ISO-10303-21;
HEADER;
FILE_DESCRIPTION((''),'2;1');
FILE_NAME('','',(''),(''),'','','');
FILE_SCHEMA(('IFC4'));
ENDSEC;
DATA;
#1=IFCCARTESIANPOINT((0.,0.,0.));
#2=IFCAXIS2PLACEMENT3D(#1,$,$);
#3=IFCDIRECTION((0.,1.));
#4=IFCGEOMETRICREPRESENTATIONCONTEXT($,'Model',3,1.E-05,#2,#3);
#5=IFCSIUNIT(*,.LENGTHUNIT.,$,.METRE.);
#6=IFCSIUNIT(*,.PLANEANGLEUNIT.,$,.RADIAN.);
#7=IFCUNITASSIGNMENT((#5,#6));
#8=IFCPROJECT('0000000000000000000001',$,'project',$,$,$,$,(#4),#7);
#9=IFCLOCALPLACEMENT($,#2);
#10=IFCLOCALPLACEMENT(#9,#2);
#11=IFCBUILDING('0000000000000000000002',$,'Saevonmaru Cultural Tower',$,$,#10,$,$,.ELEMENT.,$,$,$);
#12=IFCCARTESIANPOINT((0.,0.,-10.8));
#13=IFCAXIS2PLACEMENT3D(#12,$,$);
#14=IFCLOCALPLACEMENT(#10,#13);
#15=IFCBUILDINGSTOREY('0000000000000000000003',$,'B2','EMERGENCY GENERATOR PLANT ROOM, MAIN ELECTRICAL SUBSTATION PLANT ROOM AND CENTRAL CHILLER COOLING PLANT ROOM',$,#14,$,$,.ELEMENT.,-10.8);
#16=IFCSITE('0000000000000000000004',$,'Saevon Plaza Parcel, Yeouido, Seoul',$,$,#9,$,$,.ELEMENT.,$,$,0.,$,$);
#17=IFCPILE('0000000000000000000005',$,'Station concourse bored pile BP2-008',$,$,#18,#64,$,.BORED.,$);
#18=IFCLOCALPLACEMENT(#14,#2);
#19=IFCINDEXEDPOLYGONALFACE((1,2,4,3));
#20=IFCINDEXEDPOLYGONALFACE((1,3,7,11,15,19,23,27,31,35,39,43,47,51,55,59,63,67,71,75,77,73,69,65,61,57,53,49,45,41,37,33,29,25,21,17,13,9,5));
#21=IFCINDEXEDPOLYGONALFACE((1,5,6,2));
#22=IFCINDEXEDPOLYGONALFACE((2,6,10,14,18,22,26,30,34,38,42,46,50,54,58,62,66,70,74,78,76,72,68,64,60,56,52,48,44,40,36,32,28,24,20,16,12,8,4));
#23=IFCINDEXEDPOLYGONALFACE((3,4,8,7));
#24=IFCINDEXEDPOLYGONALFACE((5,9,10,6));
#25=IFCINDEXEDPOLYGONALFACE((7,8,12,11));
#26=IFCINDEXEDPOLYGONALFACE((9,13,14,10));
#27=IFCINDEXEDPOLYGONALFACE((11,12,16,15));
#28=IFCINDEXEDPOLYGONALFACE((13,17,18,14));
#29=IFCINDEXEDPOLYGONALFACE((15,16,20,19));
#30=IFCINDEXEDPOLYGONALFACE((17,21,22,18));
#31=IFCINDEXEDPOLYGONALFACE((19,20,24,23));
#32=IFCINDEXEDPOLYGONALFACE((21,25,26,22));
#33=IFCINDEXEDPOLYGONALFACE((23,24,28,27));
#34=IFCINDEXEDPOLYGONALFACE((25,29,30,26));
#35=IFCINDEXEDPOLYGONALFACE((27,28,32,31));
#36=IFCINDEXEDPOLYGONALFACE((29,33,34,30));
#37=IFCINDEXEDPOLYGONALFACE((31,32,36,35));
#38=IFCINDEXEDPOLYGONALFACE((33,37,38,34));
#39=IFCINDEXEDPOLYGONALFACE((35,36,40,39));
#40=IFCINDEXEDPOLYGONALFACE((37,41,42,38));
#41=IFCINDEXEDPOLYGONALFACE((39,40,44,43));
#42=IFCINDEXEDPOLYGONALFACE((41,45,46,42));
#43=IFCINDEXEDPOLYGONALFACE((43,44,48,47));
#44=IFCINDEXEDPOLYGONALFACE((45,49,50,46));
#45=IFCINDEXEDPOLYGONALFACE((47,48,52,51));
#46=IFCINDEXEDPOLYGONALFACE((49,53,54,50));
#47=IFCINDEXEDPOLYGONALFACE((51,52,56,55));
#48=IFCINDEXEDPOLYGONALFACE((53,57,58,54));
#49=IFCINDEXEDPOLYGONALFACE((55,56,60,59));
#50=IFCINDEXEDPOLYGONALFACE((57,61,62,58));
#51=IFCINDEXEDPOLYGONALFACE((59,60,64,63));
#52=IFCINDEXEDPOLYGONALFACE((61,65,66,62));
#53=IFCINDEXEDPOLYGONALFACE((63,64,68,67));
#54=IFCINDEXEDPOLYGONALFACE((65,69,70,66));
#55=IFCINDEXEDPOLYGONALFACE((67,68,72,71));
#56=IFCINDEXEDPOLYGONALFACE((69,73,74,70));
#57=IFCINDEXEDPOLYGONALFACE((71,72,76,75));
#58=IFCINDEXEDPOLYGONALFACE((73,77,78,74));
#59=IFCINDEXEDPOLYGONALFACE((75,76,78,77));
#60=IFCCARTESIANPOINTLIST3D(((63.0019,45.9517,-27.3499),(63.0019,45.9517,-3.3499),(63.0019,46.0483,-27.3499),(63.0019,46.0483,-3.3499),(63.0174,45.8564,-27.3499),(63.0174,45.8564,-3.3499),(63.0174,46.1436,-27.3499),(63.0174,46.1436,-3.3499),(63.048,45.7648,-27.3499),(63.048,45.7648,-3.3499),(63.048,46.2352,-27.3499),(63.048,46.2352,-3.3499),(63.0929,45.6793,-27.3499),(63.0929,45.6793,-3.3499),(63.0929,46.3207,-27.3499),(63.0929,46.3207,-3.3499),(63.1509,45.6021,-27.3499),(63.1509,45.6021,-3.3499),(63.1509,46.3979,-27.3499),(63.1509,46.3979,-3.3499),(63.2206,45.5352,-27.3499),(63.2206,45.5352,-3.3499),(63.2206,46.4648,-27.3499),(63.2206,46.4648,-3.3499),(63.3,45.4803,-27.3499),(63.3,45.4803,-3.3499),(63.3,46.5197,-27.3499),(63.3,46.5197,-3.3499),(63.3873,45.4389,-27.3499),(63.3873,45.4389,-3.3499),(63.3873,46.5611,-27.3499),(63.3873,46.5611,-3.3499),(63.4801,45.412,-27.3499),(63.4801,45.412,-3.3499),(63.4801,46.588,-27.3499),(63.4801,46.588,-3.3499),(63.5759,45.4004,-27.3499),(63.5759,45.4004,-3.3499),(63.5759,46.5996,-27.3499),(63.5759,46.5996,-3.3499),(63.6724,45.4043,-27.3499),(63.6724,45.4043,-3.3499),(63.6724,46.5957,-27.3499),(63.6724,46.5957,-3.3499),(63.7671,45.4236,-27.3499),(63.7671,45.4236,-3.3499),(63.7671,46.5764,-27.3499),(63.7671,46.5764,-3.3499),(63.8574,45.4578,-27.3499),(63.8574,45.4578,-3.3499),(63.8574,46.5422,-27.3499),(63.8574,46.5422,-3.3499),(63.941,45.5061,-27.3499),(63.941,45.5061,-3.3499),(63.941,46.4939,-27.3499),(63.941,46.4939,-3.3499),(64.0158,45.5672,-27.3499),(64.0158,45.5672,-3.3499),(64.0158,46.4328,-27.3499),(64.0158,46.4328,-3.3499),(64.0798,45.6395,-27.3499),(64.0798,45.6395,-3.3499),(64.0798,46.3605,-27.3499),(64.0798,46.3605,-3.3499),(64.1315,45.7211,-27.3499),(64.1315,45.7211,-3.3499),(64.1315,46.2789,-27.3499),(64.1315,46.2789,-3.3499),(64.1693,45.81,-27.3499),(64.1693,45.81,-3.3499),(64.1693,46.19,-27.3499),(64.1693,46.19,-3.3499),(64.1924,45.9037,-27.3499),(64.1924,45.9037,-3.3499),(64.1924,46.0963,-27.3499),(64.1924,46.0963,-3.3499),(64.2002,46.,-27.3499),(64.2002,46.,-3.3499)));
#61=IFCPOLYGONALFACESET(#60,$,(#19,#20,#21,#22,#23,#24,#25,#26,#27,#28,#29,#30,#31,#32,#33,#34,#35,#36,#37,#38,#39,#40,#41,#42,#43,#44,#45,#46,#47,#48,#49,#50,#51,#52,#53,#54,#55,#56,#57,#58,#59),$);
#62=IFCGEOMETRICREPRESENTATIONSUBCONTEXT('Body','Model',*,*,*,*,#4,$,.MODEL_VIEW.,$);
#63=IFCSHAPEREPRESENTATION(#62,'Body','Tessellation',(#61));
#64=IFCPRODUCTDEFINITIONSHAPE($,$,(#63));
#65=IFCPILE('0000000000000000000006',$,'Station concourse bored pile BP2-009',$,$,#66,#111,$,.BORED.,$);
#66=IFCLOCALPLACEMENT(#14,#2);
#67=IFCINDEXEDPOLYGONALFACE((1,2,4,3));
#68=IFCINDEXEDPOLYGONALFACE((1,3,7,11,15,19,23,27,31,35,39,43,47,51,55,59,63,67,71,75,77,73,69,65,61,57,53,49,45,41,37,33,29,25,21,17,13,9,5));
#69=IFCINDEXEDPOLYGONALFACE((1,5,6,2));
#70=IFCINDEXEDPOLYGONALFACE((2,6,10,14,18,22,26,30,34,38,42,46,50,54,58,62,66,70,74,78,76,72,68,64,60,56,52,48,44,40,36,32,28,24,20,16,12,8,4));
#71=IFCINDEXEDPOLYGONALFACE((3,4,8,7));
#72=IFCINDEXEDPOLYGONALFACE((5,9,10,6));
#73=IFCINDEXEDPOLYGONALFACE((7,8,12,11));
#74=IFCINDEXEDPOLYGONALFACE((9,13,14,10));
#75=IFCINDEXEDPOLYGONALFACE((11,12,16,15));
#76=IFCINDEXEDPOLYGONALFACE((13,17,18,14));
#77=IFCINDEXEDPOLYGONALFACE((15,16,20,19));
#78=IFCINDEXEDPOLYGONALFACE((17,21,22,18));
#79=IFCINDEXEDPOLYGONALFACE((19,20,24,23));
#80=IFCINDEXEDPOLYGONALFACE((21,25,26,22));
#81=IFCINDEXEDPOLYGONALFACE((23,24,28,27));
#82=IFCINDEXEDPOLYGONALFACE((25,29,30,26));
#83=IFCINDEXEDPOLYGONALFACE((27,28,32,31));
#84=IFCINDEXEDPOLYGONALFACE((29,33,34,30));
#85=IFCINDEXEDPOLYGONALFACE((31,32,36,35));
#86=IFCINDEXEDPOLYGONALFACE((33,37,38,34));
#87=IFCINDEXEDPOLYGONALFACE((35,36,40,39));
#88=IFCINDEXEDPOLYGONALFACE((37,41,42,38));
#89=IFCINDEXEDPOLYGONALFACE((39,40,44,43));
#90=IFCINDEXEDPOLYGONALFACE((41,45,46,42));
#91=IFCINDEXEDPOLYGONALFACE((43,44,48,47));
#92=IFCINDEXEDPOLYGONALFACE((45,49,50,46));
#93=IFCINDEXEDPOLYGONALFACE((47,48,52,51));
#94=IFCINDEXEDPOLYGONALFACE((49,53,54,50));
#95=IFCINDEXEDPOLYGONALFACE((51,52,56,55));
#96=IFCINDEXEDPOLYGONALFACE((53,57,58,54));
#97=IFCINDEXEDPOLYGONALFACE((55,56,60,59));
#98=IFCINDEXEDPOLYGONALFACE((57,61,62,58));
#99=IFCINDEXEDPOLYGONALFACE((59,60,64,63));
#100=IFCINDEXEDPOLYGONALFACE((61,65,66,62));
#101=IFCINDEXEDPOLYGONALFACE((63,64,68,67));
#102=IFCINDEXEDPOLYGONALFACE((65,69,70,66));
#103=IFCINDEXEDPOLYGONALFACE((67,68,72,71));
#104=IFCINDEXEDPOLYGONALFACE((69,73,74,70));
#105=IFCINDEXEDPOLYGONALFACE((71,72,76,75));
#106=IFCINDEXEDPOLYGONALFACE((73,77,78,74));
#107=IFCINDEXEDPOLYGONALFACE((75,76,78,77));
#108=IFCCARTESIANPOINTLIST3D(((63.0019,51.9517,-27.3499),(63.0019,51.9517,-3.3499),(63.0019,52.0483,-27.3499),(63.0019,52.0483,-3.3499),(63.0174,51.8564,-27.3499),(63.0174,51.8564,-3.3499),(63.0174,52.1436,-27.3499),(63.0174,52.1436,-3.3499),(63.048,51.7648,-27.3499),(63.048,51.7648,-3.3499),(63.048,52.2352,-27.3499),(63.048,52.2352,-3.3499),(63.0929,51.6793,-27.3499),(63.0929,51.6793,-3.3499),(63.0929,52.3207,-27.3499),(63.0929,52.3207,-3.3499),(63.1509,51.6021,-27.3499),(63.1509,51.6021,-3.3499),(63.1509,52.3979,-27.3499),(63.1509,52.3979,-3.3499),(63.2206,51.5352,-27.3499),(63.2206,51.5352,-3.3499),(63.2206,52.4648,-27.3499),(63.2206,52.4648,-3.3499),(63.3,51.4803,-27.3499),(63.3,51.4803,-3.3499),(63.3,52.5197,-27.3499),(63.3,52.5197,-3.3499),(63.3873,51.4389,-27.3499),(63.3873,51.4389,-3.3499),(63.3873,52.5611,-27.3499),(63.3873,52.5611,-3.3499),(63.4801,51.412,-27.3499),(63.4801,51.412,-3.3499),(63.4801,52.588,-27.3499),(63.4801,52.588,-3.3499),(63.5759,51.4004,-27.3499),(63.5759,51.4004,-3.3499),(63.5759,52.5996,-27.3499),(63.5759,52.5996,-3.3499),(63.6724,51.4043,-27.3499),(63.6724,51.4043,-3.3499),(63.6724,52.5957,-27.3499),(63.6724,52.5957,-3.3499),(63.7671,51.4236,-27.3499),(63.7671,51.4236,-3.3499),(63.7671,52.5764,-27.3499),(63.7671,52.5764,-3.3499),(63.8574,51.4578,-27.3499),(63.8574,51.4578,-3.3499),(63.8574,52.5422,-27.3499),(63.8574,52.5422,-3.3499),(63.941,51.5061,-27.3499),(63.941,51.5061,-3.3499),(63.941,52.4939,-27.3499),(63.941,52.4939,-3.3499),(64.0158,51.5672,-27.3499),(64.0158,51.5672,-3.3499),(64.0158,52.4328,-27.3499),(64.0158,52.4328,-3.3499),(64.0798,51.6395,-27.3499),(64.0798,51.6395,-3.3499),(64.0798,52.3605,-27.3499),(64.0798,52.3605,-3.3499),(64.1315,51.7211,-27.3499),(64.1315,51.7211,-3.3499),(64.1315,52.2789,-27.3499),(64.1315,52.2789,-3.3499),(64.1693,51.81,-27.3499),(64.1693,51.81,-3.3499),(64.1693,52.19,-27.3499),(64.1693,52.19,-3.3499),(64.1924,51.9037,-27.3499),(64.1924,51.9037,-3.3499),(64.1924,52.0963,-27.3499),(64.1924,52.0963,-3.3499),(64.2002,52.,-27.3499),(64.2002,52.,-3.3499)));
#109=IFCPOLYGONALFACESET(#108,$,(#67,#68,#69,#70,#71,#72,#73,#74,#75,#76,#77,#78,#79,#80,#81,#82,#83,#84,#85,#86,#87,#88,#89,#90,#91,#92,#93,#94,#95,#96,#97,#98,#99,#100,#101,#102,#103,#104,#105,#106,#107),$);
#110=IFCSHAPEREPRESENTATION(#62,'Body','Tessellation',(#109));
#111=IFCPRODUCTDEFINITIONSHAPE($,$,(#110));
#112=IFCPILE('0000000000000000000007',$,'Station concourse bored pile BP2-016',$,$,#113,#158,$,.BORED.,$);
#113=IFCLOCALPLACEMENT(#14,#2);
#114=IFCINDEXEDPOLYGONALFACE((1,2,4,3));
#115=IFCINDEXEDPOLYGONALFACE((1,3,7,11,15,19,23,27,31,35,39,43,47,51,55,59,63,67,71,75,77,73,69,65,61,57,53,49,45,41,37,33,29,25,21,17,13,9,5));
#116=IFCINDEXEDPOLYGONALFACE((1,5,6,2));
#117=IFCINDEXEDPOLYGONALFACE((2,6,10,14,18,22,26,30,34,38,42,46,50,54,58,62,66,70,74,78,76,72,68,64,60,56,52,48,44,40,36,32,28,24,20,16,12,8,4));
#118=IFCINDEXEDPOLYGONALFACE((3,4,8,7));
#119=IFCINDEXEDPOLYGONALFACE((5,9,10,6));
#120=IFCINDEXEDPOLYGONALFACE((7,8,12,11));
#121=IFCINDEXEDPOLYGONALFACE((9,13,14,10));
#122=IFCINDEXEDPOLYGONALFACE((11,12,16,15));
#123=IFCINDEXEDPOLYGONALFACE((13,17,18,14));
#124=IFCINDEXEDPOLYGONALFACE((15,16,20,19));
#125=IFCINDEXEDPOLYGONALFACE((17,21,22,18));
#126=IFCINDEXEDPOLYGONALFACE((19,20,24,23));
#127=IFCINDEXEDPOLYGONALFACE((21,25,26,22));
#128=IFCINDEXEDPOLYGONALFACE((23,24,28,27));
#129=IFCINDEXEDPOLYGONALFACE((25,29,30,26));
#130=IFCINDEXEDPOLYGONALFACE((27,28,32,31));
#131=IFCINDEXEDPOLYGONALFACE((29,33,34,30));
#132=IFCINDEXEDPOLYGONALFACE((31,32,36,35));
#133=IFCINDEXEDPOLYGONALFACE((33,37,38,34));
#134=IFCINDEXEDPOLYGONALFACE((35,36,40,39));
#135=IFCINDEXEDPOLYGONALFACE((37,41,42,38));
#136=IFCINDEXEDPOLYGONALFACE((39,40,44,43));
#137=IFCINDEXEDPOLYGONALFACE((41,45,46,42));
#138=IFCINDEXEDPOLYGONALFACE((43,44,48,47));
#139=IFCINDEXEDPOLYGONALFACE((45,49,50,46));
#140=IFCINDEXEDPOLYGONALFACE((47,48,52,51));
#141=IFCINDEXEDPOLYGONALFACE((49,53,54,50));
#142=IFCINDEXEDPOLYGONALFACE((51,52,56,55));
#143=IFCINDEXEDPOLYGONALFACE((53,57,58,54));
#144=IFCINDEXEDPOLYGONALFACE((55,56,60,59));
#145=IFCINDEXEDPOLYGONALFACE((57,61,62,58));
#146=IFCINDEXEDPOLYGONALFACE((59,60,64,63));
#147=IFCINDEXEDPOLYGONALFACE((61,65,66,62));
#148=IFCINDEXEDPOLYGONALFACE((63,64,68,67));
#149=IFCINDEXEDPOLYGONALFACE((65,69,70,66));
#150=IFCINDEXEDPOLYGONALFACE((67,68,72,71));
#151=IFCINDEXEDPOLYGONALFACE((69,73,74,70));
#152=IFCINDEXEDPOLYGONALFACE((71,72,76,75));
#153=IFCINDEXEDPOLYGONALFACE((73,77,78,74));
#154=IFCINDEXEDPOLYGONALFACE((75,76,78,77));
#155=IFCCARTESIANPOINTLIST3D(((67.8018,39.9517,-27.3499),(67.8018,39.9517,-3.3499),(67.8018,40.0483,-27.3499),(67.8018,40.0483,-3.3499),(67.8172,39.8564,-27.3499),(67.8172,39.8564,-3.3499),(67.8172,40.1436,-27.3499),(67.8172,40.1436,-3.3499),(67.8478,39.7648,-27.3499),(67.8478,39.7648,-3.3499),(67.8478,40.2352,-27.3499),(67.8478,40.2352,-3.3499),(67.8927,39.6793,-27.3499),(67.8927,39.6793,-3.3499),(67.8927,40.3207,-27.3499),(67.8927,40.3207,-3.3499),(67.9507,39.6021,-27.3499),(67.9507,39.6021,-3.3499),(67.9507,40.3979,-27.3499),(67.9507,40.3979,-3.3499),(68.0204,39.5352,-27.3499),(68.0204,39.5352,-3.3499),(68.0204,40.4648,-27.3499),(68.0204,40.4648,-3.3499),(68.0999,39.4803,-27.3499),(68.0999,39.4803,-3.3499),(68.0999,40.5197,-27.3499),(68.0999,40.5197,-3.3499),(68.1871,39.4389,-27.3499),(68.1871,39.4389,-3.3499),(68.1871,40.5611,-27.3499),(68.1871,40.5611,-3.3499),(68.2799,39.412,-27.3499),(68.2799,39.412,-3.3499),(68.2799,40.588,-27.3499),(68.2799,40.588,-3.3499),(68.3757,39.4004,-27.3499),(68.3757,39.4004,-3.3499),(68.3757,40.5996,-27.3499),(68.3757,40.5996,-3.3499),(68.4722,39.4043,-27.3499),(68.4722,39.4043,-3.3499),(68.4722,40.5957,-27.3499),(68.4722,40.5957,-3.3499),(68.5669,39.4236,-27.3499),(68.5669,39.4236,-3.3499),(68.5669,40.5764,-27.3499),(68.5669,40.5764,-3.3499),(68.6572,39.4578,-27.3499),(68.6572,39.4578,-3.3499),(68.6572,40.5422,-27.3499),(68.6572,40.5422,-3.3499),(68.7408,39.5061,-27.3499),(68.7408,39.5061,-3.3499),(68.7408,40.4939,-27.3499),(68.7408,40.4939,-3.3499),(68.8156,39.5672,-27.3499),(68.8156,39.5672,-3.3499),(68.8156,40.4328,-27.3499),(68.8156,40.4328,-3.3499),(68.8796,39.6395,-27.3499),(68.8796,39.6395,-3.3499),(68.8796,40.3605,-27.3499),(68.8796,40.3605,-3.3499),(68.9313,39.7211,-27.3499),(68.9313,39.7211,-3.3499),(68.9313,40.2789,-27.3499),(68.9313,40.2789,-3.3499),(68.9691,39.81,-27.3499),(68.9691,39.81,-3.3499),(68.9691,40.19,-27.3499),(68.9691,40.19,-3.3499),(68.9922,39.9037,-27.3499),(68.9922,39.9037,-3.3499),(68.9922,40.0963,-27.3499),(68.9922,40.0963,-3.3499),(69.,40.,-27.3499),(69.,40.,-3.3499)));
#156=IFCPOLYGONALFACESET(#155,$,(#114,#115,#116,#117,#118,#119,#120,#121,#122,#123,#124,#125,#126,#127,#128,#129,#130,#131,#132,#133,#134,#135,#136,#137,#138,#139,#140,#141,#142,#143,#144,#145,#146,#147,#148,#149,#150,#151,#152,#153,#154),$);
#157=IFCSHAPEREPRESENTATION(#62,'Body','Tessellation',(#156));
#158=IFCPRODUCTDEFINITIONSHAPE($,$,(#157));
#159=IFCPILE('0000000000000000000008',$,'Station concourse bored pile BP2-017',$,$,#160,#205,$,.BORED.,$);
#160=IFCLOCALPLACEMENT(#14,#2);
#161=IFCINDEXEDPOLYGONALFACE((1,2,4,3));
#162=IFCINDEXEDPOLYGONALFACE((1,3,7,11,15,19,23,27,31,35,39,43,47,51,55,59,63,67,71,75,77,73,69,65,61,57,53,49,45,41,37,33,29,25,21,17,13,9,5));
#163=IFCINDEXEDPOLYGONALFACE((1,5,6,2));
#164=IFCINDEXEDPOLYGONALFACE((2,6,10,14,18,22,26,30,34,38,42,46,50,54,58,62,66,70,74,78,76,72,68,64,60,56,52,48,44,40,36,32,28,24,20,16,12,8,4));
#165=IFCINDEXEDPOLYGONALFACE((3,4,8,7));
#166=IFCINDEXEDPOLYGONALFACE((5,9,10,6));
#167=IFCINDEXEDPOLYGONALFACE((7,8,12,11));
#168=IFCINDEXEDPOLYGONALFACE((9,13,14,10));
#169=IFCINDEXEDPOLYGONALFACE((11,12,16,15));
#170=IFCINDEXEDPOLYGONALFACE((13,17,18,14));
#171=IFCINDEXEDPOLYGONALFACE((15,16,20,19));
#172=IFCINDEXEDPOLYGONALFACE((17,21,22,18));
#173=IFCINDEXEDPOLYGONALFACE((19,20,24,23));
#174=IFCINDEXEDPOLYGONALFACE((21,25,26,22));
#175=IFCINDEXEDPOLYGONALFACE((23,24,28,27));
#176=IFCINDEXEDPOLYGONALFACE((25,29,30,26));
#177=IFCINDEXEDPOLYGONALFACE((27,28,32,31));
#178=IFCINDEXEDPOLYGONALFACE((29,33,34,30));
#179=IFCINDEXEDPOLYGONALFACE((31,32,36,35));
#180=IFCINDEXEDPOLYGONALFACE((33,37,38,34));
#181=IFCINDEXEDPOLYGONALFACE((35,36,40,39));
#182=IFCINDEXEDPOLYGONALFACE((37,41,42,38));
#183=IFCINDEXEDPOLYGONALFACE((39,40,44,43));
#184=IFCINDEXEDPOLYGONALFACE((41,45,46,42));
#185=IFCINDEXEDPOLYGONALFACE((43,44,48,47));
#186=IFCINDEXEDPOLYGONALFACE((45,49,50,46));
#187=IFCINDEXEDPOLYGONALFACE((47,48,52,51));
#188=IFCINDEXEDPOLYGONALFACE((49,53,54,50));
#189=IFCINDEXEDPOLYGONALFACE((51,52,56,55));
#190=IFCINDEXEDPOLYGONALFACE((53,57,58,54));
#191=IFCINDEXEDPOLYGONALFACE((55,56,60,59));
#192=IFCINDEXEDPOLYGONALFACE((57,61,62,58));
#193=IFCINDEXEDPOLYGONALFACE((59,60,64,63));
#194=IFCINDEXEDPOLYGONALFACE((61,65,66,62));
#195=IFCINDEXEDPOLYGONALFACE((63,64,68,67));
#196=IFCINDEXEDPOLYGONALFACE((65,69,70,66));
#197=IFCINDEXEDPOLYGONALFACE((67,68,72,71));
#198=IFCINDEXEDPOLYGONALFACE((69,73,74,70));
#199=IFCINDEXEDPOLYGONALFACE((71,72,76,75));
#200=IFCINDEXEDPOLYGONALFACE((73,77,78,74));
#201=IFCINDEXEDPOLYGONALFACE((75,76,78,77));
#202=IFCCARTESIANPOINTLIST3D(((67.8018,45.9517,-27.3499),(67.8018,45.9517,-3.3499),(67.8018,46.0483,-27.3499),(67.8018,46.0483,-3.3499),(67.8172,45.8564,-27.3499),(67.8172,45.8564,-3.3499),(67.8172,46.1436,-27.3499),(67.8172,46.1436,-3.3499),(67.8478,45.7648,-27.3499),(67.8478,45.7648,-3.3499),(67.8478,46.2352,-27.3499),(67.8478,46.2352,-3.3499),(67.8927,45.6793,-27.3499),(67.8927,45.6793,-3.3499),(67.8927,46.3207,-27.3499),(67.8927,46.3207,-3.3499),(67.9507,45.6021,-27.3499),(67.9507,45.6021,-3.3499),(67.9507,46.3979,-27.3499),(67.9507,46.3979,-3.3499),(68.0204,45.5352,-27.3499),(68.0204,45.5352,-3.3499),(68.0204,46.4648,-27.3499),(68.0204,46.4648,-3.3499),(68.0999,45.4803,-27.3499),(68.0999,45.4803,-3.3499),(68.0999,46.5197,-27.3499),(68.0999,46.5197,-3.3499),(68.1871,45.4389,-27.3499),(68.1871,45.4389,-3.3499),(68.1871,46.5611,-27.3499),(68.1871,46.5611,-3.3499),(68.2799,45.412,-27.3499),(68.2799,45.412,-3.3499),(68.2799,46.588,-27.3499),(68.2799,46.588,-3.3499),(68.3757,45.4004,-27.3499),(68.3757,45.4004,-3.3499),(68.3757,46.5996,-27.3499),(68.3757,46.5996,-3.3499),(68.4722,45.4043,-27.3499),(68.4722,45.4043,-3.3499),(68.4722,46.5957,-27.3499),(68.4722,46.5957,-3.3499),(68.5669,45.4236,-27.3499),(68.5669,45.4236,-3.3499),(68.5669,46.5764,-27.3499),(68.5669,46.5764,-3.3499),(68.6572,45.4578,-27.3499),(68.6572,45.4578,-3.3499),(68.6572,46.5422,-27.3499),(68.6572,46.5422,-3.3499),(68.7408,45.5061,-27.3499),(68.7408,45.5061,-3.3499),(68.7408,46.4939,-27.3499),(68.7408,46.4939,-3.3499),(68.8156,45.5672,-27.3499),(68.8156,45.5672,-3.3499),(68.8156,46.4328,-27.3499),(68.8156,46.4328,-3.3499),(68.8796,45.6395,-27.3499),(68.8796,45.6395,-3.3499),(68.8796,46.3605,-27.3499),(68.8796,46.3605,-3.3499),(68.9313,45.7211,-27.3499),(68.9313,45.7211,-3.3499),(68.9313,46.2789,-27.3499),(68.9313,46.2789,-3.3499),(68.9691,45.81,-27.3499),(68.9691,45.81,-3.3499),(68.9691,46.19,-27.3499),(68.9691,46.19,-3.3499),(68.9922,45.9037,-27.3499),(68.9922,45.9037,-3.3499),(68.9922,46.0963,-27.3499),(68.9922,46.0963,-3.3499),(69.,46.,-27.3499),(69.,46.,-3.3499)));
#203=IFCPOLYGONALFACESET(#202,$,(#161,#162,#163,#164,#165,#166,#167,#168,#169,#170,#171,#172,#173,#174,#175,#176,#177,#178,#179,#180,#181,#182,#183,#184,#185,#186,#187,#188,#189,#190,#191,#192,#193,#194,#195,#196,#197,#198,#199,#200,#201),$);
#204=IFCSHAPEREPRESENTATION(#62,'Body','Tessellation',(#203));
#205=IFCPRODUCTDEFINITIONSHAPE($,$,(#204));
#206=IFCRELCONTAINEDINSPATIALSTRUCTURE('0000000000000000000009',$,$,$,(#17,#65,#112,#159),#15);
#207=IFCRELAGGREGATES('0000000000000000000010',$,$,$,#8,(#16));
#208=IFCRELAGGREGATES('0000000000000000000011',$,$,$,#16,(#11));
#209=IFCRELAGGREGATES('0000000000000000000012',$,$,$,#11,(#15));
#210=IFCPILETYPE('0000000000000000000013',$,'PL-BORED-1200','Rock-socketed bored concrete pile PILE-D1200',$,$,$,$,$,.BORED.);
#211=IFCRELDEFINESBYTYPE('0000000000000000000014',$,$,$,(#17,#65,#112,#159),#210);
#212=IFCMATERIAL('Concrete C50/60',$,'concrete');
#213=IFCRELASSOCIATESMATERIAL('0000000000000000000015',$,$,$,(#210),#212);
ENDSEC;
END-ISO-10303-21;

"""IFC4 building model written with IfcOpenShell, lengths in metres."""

from ifc_helpers import new_model, si_unit, direction, frame, origin, origin_2d, place, context, subcontext, project, spatial, circle, extrude, material, material_profile, profile_set, type_object, element, save


model = new_model("IFC4")

# Units and contexts
model_context = context("Model", 3, precision=1e-05, world=origin(), true_north=direction((0.0, 1.0)))
body_context = subcontext(model_context, "Body", "Model", "MODEL_VIEW")
ifc_project = project(units=[si_unit("LENGTHUNIT", "METRE"), si_unit("PLANEANGLEUNIT", "RADIAN")], contexts=[model_context])

# Site, building, storey
site_placement = place(None, origin())
site = spatial("IfcSite", under=ifc_project, at=site_placement, Name="Saevon Plaza Parcel, Yeouido, Seoul", CompositionType="ELEMENT", RefElevation=0.0)
building_placement = place(site_placement, origin())
building = spatial("IfcBuilding", under=site, at=building_placement, Name="Saevonmaru Cultural Tower", CompositionType="ELEMENT")
storey_placement = place(building_placement, frame((0.0, 0.0, -10.8)))
storey = spatial("IfcBuildingStorey", under=building, at=storey_placement, Name="B2", Description="EMERGENCY GENERATOR PLANT ROOM, MAIN ELECTRICAL SUBSTATION PLANT ROOM AND CENTRAL CHILLER COOLING PLANT ROOM", CompositionType="ELEMENT", Elevation=-10.8)

# Piles
ifc_material_1 = material(Name="Concrete C50/60", Category="concrete")
ifc_material_profile_1 = material_profile(ifc_material_1, circle(Radius=0.6001, at=origin_2d()), Name="PILE-D1200")
ifc_profile_set_1 = profile_set([ifc_material_profile_1], Name="Concrete C50/60")
pile_type_1 = type_object("IfcPileType", Name="PL-BORED-1200", Description="Rock-socketed bored concrete pile PILE-D1200", PredefinedType="BORED", material=ifc_profile_set_1)
for number, where, z_axis, x_axis, name in (
    (1, (63.6001, 46.0, -3.3499), (0.0, 0.0, -1.0), (1.0, 0.0, 0.0), "Station concourse bored pile BP2-008"),
    (2, (63.6001, 52.0, -3.3499), (0.0, 0.0, -1.0), (1.0, 0.0, 0.0), "Station concourse bored pile BP2-009"),
    (3, (68.3999, 40.0, -3.3499), (0.0, 0.0, -1.0), (1.0, 0.0, 0.0), "Station concourse bored pile BP2-016"),
    (4, (68.3999, 46.0, -3.3499), (0.0, 0.0, -1.0), (1.0, 0.0, 0.0), "Station concourse bored pile BP2-017"),
):
    element("IfcPile", number, at=place(storey_placement, frame(where, z_axis=z_axis, x_axis=x_axis)), inside=storey, type_object=pile_type_1, Name=name, PredefinedType="BORED", context=body_context, shape_type="SweptSolid", body=[
        extrude(circle(Radius=0.6001, at=origin_2d()), origin(), (0.0, 0.0, 1.0), 24.0),
    ])

save(model, "model.ifc")
